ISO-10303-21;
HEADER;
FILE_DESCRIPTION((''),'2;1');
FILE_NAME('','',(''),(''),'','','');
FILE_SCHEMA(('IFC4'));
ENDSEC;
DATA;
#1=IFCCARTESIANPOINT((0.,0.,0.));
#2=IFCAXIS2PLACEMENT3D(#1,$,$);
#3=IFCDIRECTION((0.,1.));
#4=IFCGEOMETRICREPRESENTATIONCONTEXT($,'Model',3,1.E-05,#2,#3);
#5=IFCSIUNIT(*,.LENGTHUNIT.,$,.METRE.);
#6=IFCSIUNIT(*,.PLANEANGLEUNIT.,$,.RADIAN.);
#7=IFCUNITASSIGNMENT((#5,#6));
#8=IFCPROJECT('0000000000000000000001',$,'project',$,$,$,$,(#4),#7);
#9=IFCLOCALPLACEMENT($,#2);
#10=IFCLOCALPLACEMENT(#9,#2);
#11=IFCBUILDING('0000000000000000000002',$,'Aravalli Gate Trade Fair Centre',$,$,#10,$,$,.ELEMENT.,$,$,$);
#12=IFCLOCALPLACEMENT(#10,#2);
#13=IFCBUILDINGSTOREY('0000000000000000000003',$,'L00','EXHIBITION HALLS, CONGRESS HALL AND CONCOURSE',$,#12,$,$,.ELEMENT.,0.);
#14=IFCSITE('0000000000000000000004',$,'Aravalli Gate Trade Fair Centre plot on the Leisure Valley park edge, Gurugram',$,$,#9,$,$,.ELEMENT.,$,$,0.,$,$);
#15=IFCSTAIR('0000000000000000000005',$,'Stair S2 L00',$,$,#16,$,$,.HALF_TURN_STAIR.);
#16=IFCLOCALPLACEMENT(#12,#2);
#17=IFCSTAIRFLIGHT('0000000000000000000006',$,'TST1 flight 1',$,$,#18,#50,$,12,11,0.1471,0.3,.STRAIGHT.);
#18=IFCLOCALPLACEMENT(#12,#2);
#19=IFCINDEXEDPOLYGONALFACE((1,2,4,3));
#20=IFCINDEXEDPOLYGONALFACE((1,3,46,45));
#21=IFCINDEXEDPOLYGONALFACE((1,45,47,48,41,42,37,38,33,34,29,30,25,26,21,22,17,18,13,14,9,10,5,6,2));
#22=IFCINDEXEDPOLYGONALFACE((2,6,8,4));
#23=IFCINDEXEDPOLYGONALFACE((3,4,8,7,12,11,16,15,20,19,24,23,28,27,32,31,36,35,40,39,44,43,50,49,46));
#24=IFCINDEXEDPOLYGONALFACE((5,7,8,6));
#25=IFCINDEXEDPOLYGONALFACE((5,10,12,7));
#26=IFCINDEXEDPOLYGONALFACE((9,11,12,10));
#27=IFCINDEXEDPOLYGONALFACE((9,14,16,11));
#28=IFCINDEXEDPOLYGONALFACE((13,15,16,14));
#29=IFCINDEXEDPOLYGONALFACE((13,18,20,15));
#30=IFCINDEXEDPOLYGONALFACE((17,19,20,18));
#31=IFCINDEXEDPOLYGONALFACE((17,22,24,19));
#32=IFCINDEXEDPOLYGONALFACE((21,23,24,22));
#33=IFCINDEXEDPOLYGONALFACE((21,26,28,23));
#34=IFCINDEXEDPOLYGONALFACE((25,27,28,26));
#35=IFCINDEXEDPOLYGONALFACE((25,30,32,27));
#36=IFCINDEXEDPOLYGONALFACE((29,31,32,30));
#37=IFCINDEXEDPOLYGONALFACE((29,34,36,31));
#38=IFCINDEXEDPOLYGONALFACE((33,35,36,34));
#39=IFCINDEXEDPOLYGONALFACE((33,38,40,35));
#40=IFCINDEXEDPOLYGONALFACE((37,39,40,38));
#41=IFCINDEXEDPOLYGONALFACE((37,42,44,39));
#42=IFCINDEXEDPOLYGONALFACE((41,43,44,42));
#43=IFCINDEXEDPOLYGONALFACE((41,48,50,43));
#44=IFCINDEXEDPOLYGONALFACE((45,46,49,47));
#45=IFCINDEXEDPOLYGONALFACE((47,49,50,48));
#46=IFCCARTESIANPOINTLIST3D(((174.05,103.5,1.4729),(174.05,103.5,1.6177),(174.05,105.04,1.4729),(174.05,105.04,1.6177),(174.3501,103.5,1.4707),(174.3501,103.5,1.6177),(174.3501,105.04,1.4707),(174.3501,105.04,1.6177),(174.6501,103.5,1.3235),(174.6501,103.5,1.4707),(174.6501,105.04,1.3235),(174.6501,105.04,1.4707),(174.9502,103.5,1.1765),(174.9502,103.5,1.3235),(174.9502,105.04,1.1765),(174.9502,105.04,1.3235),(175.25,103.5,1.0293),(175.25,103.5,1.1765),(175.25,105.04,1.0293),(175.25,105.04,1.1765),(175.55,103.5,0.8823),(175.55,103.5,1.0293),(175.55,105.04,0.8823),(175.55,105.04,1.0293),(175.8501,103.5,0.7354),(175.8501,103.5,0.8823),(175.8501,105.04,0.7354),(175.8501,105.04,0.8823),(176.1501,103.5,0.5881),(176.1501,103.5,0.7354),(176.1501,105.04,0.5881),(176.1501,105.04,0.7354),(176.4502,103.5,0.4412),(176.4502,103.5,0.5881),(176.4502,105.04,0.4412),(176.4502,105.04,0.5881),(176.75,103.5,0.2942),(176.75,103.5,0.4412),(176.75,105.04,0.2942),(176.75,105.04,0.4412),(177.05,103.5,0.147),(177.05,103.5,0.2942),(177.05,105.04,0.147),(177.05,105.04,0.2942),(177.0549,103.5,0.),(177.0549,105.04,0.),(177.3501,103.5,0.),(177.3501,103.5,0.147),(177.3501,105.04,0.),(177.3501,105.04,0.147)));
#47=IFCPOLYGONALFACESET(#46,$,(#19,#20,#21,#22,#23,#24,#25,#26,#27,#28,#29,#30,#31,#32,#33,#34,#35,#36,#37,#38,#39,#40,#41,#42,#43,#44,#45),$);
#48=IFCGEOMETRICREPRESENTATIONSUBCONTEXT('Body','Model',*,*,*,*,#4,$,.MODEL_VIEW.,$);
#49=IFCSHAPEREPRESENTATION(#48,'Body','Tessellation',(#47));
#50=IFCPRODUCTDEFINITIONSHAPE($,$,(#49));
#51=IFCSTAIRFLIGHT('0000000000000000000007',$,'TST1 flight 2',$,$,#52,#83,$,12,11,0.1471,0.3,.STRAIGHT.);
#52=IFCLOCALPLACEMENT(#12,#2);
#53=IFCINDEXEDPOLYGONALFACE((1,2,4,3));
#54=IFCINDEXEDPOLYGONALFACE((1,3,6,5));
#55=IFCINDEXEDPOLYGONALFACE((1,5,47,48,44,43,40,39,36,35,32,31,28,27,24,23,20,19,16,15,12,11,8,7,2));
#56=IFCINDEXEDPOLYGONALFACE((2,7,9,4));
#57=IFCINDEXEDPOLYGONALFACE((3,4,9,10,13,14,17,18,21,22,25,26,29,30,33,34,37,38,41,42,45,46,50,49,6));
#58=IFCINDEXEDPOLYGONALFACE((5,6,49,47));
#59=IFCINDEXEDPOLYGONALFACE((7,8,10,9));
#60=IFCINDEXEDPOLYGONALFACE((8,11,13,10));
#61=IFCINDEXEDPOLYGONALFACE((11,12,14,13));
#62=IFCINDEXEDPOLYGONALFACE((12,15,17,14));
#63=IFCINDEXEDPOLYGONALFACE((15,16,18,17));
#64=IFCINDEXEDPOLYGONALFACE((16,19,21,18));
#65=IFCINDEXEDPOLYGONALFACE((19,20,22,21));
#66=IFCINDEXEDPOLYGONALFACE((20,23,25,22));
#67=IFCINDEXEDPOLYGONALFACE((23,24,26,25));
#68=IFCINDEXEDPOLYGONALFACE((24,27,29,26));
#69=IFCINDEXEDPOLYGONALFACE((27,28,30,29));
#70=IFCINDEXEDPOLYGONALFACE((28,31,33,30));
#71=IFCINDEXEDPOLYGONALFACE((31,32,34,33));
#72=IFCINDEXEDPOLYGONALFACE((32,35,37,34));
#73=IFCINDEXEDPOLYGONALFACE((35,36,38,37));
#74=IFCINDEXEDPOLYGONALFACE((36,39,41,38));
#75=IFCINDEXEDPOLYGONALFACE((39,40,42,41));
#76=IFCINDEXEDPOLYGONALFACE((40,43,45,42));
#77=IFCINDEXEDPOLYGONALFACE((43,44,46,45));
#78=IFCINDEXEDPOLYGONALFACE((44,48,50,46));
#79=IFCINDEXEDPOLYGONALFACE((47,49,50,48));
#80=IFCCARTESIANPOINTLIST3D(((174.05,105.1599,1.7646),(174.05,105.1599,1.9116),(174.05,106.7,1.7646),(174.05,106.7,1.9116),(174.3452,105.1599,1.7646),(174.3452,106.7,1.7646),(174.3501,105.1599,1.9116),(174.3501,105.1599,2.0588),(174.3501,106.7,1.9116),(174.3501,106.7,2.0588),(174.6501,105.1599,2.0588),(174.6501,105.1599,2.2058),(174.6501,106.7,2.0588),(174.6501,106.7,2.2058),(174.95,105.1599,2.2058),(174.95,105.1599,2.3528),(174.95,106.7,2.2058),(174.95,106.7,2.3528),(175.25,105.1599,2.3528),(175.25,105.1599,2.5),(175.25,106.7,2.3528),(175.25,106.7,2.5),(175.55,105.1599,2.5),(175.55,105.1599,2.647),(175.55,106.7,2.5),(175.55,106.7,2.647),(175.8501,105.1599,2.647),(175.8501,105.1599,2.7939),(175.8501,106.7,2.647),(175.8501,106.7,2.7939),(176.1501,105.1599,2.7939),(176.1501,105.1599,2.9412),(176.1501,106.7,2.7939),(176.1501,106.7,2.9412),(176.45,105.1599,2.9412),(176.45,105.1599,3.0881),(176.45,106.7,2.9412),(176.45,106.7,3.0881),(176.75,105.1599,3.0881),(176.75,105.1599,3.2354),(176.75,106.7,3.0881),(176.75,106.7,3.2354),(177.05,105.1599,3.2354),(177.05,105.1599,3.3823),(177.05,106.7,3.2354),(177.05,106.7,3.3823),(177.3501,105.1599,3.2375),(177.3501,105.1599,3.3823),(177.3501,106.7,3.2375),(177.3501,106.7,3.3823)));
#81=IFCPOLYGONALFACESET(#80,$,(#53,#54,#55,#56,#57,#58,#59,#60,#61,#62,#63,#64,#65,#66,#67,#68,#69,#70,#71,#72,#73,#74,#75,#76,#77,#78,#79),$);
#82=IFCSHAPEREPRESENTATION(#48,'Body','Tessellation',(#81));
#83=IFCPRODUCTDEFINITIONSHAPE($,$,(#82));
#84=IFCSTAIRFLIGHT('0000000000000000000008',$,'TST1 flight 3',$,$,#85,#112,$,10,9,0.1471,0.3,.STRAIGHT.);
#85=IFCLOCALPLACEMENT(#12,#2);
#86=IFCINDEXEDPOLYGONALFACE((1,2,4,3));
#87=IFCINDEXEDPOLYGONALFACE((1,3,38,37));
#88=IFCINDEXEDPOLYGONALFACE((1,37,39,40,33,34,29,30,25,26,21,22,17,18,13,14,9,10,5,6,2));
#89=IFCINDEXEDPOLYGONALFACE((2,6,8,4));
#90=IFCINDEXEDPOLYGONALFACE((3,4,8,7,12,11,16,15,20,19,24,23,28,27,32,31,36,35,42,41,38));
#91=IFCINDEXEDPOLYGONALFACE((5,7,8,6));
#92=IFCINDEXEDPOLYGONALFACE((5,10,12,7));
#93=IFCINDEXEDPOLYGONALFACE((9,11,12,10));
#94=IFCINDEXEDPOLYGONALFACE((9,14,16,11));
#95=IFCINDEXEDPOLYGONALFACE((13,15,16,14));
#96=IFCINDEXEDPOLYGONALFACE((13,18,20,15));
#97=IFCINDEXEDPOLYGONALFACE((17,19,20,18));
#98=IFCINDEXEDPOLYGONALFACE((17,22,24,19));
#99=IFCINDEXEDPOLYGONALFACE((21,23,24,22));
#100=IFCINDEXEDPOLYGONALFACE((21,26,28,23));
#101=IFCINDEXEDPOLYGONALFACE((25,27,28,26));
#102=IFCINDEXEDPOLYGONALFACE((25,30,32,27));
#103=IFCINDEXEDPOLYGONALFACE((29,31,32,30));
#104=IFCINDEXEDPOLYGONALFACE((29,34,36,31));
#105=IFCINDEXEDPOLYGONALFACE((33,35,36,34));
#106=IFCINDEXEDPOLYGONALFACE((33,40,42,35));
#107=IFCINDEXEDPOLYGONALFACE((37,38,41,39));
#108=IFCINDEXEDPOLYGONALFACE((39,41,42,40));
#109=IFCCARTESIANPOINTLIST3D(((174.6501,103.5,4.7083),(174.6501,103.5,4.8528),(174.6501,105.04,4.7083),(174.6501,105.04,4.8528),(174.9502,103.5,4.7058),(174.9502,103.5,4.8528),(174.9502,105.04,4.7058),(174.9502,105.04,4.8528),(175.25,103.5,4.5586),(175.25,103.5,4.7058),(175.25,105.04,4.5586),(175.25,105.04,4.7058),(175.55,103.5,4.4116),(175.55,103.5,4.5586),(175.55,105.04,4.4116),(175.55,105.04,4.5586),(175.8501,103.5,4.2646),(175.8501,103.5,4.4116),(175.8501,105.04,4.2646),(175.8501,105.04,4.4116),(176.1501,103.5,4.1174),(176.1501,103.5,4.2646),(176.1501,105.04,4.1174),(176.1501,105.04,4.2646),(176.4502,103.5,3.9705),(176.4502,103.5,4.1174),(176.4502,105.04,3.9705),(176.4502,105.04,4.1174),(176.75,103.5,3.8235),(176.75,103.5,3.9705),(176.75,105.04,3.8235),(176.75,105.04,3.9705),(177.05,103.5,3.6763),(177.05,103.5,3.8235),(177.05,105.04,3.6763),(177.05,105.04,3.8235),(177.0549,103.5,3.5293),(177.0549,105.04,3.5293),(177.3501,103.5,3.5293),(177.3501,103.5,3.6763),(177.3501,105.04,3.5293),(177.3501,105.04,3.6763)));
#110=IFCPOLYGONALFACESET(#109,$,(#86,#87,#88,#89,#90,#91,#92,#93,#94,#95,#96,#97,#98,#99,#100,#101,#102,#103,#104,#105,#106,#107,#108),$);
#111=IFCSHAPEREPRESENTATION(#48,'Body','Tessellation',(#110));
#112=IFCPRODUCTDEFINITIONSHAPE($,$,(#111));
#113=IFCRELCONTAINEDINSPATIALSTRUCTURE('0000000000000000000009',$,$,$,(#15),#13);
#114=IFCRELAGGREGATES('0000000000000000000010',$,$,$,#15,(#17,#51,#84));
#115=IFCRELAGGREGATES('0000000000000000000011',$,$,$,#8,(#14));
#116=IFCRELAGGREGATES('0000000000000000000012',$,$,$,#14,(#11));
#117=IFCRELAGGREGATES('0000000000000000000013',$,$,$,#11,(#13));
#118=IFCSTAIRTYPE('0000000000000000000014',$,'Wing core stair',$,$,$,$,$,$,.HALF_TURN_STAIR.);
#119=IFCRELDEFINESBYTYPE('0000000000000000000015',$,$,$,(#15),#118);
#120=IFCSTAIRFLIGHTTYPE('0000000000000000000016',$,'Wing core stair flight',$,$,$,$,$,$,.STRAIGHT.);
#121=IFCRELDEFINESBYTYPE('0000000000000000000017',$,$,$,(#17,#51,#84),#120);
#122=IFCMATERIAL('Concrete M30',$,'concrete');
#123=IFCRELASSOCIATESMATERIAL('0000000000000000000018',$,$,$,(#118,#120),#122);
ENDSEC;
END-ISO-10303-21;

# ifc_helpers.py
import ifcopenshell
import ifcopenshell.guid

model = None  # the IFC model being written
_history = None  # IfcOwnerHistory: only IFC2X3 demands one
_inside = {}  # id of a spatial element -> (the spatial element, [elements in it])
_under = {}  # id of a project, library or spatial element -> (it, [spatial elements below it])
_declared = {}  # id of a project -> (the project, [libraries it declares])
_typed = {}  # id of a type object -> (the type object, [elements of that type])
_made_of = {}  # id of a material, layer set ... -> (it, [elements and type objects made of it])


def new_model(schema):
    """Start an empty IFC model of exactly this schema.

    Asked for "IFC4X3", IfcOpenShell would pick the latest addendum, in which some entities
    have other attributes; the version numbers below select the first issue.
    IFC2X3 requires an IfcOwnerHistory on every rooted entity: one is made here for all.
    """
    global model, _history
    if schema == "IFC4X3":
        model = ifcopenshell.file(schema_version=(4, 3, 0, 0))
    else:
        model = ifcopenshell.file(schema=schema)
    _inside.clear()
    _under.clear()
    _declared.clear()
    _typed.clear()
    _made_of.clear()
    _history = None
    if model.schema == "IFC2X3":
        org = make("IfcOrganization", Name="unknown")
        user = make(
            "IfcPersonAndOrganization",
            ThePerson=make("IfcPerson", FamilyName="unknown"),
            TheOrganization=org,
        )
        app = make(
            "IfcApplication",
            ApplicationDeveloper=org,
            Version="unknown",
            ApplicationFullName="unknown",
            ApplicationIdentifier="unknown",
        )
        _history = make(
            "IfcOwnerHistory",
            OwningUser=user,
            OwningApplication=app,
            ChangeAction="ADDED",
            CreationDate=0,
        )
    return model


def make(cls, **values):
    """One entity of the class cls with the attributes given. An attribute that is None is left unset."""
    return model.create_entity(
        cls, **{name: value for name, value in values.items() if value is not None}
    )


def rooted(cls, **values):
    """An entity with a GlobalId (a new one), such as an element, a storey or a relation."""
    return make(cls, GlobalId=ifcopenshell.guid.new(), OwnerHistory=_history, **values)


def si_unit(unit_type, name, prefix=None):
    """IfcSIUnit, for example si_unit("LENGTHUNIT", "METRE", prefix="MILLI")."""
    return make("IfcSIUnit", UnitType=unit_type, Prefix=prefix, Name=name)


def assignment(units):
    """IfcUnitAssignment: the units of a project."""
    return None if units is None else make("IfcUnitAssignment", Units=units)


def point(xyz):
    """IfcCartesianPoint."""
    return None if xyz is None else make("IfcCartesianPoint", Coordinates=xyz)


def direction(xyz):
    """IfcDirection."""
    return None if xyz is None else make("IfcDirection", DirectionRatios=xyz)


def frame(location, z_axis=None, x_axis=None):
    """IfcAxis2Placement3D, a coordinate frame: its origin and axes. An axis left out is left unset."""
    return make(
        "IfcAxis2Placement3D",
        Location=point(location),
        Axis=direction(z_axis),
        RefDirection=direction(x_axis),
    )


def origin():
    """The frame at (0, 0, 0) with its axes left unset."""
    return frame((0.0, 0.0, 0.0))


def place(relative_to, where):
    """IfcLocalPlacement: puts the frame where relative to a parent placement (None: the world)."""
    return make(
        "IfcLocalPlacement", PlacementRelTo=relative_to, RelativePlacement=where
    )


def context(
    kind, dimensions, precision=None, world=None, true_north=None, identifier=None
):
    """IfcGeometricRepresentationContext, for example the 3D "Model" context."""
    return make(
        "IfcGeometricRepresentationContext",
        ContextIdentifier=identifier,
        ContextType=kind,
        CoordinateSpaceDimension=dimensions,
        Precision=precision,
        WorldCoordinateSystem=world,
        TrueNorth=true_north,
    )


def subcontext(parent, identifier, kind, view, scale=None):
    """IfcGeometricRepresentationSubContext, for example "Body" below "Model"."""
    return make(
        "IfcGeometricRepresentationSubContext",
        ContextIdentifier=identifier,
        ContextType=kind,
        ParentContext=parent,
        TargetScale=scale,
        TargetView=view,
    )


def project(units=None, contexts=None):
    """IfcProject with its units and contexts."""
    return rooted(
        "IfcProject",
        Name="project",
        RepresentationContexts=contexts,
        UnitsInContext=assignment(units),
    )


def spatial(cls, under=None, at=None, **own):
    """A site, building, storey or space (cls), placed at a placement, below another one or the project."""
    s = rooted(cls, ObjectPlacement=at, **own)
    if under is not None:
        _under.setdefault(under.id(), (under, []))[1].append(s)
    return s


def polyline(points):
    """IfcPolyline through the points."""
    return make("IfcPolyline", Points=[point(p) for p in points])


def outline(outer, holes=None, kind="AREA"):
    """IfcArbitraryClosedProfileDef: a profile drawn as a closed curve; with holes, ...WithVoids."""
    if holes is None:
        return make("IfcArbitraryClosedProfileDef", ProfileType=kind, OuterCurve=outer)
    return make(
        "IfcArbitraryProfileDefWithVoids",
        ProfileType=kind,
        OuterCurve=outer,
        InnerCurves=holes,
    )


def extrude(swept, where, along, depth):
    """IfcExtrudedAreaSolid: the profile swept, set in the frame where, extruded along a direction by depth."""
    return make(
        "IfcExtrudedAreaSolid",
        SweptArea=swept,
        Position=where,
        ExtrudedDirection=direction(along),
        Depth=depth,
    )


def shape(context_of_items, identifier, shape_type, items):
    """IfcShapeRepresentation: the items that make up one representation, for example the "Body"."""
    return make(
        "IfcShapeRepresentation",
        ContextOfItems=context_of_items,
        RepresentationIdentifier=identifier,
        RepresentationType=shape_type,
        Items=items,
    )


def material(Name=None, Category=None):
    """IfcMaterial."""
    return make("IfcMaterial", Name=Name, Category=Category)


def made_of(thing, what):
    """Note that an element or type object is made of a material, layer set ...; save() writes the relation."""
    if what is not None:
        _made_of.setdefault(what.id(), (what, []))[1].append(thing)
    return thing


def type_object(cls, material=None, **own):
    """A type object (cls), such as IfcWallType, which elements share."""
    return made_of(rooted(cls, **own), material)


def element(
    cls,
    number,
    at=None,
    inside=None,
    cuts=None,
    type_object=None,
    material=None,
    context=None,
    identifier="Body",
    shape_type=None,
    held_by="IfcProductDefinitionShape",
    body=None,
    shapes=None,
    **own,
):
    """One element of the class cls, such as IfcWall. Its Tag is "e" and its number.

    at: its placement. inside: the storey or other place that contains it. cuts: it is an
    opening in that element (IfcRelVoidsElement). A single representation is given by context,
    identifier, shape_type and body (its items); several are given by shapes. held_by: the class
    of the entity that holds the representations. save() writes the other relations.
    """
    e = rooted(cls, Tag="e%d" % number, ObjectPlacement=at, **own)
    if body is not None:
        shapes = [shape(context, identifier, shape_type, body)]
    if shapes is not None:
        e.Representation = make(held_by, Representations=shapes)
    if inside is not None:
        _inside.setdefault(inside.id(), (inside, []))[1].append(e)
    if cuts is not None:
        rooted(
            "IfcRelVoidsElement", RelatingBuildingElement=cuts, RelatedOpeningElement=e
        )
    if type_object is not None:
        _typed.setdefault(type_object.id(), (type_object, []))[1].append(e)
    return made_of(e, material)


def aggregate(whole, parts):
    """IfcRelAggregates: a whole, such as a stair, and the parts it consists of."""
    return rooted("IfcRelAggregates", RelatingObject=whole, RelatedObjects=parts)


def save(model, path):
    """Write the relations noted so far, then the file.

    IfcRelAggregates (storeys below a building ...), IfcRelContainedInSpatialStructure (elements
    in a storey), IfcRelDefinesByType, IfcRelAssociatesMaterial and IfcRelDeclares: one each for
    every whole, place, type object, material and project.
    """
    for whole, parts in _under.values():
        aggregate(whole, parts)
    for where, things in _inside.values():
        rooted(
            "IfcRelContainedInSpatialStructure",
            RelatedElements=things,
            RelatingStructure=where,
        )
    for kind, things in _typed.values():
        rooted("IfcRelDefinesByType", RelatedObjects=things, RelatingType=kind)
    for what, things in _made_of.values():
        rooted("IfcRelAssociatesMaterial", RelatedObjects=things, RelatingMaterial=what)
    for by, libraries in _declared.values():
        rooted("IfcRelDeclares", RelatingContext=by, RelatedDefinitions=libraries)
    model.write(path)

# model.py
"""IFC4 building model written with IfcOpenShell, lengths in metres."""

from ifc_helpers import new_model, si_unit, direction, frame, origin, place, context, subcontext, project, spatial, polyline, outline, extrude, material, type_object, element, aggregate, save


model = new_model("IFC4")

# Units and contexts
model_context = context("Model", 3, precision=1e-05, world=origin(), true_north=direction((0.0, 1.0)))
body_context = subcontext(model_context, "Body", "Model", "MODEL_VIEW")
ifc_project = project(units=[si_unit("LENGTHUNIT", "METRE"), si_unit("PLANEANGLEUNIT", "RADIAN")], contexts=[model_context])

# Site, building, storey
site_placement = place(None, origin())
site = spatial("IfcSite", under=ifc_project, at=site_placement, Name="Aravalli Gate Trade Fair Centre plot on the Leisure Valley park edge, Gurugram", CompositionType="ELEMENT", RefElevation=0.0)
building_placement = place(site_placement, origin())
building = spatial("IfcBuilding", under=site, at=building_placement, Name="Aravalli Gate Trade Fair Centre", CompositionType="ELEMENT")
storey_placement = place(building_placement, origin())
storey = spatial("IfcBuildingStorey", under=building, at=storey_placement, Name="L00", Description="EXHIBITION HALLS, CONGRESS HALL AND CONCOURSE", CompositionType="ELEMENT", Elevation=0.0)

# Shared definitions
ifc_material_1 = material(Name="Concrete M30", Category="concrete")

# Stair, stair flights
stair_type = type_object("IfcStairType", Name="Wing core stair", PredefinedType="HALF_TURN_STAIR", material=ifc_material_1)
stair_placement = place(storey_placement, origin())
stair = element("IfcStair", 1, at=stair_placement, inside=storey, type_object=stair_type, Name="Stair S2 L00", PredefinedType="HALF_TURN_STAIR")
stair_flight_type = type_object("IfcStairFlightType", Name="Wing core stair flight", PredefinedType="STRAIGHT", material=ifc_material_1)
stair_flight_1_placement = place(storey_placement, frame((177.3501, 104.27, 0.0), z_axis=(0.0, 0.0, 1.0), x_axis=(-1.0, 0.0, 0.0)))
stair_flight_1 = element("IfcStairFlight", 2, at=stair_flight_1_placement, type_object=stair_flight_type, Name="TST1 flight 1", NumberOfRisers=12, NumberOfTreads=11, PredefinedType="STRAIGHT", RiserHeight=0.1471, TreadLength=0.3, context=body_context, shape_type="SweptSolid", body=[
    extrude(outline(polyline([(0.0, 0.0), (0.0, 0.147), (0.3, 0.147), (0.3, 0.2942), (0.6001, 0.2942), (0.6001, 0.4412), (0.8999, 0.4412), (0.8999, 0.5881), (1.2, 0.5881), (1.2, 0.7354), (1.5, 0.7354), (1.5, 0.8823), (1.8, 0.8823), (1.8, 1.0293), (2.1001, 1.0293), (2.1001, 1.1765), (2.3999, 1.1765), (2.3999, 1.3235), (2.7, 1.3235), (2.7, 1.4707), (3.0, 1.4707), (3.0, 1.6177), (3.3, 1.6177), (3.3, 1.7646), (3.3, 1.4729), (0.2952, 0.0), (0.0, 0.0)])), frame((0.0, 0.77, 0.0), z_axis=(0.0, -1.0, 0.0), x_axis=(1.0, 0.0, 0.0)), (0.0, 0.0, 1.0), 1.54),
])
stair_flight_2_placement = place(storey_placement, frame((174.05, 105.9299, 1.7646), z_axis=(0.0, 0.0, 1.0), x_axis=(1.0, 0.0, 0.0)))
stair_flight_2 = element("IfcStairFlight", 3, at=stair_flight_2_placement, type_object=stair_flight_type, Name="TST1 flight 2", NumberOfRisers=12, NumberOfTreads=11, PredefinedType="STRAIGHT", RiserHeight=0.1471, TreadLength=0.3, context=body_context, shape_type="SweptSolid", body=[
    extrude(outline(polyline([(0.0, 0.0), (0.0, 0.147), (0.3, 0.147), (0.3, 0.2942), (0.6001, 0.2942), (0.6001, 0.4412), (0.8999, 0.4412), (0.8999, 0.5881), (1.2, 0.5881), (1.2, 0.7354), (1.5, 0.7354), (1.5, 0.8823), (1.8, 0.8823), (1.8, 1.0293), (2.1001, 1.0293), (2.1001, 1.1765), (2.3999, 1.1765), (2.3999, 1.3235), (2.7, 1.3235), (2.7, 1.4707), (3.0, 1.4707), (3.0, 1.6177), (3.3, 1.6177), (3.3, 1.7646), (3.3, 1.4729), (0.2952, 0.0), (0.0, 0.0)])), frame((0.0, 0.77, 0.0), z_axis=(0.0, -1.0, 0.0), x_axis=(1.0, 0.0, 0.0)), (0.0, 0.0, 1.0), 1.54),
])
stair_flight_3_placement = place(storey_placement, frame((177.3501, 104.27, 3.5293), z_axis=(0.0, 0.0, 1.0), x_axis=(-1.0, 0.0, 0.0)))
stair_flight_3 = element("IfcStairFlight", 4, at=stair_flight_3_placement, type_object=stair_flight_type, Name="TST1 flight 3", NumberOfRisers=10, NumberOfTreads=9, PredefinedType="STRAIGHT", RiserHeight=0.1471, TreadLength=0.3, context=body_context, shape_type="SweptSolid", body=[
    extrude(outline(polyline([(0.0, 0.0), (0.0, 0.147), (0.3, 0.147), (0.3, 0.2942), (0.6001, 0.2942), (0.6001, 0.4412), (0.8999, 0.4412), (0.8999, 0.5881), (1.2, 0.5881), (1.2, 0.7354), (1.5, 0.7354), (1.5, 0.8823), (1.8, 0.8823), (1.8, 1.0293), (2.1001, 1.0293), (2.1001, 1.1765), (2.3999, 1.1765), (2.3999, 1.3235), (2.7, 1.3235), (2.7, 1.4707), (2.7, 1.179), (0.2952, 0.0), (0.0, 0.0)])), frame((0.0, 0.77, 0.0), z_axis=(0.0, -1.0, 0.0), x_axis=(1.0, 0.0, 0.0)), (0.0, 0.0, 1.0), 1.54),
])
aggregate(stair, [stair_flight_1, stair_flight_2, stair_flight_3])

save(model, "model.ifc")
